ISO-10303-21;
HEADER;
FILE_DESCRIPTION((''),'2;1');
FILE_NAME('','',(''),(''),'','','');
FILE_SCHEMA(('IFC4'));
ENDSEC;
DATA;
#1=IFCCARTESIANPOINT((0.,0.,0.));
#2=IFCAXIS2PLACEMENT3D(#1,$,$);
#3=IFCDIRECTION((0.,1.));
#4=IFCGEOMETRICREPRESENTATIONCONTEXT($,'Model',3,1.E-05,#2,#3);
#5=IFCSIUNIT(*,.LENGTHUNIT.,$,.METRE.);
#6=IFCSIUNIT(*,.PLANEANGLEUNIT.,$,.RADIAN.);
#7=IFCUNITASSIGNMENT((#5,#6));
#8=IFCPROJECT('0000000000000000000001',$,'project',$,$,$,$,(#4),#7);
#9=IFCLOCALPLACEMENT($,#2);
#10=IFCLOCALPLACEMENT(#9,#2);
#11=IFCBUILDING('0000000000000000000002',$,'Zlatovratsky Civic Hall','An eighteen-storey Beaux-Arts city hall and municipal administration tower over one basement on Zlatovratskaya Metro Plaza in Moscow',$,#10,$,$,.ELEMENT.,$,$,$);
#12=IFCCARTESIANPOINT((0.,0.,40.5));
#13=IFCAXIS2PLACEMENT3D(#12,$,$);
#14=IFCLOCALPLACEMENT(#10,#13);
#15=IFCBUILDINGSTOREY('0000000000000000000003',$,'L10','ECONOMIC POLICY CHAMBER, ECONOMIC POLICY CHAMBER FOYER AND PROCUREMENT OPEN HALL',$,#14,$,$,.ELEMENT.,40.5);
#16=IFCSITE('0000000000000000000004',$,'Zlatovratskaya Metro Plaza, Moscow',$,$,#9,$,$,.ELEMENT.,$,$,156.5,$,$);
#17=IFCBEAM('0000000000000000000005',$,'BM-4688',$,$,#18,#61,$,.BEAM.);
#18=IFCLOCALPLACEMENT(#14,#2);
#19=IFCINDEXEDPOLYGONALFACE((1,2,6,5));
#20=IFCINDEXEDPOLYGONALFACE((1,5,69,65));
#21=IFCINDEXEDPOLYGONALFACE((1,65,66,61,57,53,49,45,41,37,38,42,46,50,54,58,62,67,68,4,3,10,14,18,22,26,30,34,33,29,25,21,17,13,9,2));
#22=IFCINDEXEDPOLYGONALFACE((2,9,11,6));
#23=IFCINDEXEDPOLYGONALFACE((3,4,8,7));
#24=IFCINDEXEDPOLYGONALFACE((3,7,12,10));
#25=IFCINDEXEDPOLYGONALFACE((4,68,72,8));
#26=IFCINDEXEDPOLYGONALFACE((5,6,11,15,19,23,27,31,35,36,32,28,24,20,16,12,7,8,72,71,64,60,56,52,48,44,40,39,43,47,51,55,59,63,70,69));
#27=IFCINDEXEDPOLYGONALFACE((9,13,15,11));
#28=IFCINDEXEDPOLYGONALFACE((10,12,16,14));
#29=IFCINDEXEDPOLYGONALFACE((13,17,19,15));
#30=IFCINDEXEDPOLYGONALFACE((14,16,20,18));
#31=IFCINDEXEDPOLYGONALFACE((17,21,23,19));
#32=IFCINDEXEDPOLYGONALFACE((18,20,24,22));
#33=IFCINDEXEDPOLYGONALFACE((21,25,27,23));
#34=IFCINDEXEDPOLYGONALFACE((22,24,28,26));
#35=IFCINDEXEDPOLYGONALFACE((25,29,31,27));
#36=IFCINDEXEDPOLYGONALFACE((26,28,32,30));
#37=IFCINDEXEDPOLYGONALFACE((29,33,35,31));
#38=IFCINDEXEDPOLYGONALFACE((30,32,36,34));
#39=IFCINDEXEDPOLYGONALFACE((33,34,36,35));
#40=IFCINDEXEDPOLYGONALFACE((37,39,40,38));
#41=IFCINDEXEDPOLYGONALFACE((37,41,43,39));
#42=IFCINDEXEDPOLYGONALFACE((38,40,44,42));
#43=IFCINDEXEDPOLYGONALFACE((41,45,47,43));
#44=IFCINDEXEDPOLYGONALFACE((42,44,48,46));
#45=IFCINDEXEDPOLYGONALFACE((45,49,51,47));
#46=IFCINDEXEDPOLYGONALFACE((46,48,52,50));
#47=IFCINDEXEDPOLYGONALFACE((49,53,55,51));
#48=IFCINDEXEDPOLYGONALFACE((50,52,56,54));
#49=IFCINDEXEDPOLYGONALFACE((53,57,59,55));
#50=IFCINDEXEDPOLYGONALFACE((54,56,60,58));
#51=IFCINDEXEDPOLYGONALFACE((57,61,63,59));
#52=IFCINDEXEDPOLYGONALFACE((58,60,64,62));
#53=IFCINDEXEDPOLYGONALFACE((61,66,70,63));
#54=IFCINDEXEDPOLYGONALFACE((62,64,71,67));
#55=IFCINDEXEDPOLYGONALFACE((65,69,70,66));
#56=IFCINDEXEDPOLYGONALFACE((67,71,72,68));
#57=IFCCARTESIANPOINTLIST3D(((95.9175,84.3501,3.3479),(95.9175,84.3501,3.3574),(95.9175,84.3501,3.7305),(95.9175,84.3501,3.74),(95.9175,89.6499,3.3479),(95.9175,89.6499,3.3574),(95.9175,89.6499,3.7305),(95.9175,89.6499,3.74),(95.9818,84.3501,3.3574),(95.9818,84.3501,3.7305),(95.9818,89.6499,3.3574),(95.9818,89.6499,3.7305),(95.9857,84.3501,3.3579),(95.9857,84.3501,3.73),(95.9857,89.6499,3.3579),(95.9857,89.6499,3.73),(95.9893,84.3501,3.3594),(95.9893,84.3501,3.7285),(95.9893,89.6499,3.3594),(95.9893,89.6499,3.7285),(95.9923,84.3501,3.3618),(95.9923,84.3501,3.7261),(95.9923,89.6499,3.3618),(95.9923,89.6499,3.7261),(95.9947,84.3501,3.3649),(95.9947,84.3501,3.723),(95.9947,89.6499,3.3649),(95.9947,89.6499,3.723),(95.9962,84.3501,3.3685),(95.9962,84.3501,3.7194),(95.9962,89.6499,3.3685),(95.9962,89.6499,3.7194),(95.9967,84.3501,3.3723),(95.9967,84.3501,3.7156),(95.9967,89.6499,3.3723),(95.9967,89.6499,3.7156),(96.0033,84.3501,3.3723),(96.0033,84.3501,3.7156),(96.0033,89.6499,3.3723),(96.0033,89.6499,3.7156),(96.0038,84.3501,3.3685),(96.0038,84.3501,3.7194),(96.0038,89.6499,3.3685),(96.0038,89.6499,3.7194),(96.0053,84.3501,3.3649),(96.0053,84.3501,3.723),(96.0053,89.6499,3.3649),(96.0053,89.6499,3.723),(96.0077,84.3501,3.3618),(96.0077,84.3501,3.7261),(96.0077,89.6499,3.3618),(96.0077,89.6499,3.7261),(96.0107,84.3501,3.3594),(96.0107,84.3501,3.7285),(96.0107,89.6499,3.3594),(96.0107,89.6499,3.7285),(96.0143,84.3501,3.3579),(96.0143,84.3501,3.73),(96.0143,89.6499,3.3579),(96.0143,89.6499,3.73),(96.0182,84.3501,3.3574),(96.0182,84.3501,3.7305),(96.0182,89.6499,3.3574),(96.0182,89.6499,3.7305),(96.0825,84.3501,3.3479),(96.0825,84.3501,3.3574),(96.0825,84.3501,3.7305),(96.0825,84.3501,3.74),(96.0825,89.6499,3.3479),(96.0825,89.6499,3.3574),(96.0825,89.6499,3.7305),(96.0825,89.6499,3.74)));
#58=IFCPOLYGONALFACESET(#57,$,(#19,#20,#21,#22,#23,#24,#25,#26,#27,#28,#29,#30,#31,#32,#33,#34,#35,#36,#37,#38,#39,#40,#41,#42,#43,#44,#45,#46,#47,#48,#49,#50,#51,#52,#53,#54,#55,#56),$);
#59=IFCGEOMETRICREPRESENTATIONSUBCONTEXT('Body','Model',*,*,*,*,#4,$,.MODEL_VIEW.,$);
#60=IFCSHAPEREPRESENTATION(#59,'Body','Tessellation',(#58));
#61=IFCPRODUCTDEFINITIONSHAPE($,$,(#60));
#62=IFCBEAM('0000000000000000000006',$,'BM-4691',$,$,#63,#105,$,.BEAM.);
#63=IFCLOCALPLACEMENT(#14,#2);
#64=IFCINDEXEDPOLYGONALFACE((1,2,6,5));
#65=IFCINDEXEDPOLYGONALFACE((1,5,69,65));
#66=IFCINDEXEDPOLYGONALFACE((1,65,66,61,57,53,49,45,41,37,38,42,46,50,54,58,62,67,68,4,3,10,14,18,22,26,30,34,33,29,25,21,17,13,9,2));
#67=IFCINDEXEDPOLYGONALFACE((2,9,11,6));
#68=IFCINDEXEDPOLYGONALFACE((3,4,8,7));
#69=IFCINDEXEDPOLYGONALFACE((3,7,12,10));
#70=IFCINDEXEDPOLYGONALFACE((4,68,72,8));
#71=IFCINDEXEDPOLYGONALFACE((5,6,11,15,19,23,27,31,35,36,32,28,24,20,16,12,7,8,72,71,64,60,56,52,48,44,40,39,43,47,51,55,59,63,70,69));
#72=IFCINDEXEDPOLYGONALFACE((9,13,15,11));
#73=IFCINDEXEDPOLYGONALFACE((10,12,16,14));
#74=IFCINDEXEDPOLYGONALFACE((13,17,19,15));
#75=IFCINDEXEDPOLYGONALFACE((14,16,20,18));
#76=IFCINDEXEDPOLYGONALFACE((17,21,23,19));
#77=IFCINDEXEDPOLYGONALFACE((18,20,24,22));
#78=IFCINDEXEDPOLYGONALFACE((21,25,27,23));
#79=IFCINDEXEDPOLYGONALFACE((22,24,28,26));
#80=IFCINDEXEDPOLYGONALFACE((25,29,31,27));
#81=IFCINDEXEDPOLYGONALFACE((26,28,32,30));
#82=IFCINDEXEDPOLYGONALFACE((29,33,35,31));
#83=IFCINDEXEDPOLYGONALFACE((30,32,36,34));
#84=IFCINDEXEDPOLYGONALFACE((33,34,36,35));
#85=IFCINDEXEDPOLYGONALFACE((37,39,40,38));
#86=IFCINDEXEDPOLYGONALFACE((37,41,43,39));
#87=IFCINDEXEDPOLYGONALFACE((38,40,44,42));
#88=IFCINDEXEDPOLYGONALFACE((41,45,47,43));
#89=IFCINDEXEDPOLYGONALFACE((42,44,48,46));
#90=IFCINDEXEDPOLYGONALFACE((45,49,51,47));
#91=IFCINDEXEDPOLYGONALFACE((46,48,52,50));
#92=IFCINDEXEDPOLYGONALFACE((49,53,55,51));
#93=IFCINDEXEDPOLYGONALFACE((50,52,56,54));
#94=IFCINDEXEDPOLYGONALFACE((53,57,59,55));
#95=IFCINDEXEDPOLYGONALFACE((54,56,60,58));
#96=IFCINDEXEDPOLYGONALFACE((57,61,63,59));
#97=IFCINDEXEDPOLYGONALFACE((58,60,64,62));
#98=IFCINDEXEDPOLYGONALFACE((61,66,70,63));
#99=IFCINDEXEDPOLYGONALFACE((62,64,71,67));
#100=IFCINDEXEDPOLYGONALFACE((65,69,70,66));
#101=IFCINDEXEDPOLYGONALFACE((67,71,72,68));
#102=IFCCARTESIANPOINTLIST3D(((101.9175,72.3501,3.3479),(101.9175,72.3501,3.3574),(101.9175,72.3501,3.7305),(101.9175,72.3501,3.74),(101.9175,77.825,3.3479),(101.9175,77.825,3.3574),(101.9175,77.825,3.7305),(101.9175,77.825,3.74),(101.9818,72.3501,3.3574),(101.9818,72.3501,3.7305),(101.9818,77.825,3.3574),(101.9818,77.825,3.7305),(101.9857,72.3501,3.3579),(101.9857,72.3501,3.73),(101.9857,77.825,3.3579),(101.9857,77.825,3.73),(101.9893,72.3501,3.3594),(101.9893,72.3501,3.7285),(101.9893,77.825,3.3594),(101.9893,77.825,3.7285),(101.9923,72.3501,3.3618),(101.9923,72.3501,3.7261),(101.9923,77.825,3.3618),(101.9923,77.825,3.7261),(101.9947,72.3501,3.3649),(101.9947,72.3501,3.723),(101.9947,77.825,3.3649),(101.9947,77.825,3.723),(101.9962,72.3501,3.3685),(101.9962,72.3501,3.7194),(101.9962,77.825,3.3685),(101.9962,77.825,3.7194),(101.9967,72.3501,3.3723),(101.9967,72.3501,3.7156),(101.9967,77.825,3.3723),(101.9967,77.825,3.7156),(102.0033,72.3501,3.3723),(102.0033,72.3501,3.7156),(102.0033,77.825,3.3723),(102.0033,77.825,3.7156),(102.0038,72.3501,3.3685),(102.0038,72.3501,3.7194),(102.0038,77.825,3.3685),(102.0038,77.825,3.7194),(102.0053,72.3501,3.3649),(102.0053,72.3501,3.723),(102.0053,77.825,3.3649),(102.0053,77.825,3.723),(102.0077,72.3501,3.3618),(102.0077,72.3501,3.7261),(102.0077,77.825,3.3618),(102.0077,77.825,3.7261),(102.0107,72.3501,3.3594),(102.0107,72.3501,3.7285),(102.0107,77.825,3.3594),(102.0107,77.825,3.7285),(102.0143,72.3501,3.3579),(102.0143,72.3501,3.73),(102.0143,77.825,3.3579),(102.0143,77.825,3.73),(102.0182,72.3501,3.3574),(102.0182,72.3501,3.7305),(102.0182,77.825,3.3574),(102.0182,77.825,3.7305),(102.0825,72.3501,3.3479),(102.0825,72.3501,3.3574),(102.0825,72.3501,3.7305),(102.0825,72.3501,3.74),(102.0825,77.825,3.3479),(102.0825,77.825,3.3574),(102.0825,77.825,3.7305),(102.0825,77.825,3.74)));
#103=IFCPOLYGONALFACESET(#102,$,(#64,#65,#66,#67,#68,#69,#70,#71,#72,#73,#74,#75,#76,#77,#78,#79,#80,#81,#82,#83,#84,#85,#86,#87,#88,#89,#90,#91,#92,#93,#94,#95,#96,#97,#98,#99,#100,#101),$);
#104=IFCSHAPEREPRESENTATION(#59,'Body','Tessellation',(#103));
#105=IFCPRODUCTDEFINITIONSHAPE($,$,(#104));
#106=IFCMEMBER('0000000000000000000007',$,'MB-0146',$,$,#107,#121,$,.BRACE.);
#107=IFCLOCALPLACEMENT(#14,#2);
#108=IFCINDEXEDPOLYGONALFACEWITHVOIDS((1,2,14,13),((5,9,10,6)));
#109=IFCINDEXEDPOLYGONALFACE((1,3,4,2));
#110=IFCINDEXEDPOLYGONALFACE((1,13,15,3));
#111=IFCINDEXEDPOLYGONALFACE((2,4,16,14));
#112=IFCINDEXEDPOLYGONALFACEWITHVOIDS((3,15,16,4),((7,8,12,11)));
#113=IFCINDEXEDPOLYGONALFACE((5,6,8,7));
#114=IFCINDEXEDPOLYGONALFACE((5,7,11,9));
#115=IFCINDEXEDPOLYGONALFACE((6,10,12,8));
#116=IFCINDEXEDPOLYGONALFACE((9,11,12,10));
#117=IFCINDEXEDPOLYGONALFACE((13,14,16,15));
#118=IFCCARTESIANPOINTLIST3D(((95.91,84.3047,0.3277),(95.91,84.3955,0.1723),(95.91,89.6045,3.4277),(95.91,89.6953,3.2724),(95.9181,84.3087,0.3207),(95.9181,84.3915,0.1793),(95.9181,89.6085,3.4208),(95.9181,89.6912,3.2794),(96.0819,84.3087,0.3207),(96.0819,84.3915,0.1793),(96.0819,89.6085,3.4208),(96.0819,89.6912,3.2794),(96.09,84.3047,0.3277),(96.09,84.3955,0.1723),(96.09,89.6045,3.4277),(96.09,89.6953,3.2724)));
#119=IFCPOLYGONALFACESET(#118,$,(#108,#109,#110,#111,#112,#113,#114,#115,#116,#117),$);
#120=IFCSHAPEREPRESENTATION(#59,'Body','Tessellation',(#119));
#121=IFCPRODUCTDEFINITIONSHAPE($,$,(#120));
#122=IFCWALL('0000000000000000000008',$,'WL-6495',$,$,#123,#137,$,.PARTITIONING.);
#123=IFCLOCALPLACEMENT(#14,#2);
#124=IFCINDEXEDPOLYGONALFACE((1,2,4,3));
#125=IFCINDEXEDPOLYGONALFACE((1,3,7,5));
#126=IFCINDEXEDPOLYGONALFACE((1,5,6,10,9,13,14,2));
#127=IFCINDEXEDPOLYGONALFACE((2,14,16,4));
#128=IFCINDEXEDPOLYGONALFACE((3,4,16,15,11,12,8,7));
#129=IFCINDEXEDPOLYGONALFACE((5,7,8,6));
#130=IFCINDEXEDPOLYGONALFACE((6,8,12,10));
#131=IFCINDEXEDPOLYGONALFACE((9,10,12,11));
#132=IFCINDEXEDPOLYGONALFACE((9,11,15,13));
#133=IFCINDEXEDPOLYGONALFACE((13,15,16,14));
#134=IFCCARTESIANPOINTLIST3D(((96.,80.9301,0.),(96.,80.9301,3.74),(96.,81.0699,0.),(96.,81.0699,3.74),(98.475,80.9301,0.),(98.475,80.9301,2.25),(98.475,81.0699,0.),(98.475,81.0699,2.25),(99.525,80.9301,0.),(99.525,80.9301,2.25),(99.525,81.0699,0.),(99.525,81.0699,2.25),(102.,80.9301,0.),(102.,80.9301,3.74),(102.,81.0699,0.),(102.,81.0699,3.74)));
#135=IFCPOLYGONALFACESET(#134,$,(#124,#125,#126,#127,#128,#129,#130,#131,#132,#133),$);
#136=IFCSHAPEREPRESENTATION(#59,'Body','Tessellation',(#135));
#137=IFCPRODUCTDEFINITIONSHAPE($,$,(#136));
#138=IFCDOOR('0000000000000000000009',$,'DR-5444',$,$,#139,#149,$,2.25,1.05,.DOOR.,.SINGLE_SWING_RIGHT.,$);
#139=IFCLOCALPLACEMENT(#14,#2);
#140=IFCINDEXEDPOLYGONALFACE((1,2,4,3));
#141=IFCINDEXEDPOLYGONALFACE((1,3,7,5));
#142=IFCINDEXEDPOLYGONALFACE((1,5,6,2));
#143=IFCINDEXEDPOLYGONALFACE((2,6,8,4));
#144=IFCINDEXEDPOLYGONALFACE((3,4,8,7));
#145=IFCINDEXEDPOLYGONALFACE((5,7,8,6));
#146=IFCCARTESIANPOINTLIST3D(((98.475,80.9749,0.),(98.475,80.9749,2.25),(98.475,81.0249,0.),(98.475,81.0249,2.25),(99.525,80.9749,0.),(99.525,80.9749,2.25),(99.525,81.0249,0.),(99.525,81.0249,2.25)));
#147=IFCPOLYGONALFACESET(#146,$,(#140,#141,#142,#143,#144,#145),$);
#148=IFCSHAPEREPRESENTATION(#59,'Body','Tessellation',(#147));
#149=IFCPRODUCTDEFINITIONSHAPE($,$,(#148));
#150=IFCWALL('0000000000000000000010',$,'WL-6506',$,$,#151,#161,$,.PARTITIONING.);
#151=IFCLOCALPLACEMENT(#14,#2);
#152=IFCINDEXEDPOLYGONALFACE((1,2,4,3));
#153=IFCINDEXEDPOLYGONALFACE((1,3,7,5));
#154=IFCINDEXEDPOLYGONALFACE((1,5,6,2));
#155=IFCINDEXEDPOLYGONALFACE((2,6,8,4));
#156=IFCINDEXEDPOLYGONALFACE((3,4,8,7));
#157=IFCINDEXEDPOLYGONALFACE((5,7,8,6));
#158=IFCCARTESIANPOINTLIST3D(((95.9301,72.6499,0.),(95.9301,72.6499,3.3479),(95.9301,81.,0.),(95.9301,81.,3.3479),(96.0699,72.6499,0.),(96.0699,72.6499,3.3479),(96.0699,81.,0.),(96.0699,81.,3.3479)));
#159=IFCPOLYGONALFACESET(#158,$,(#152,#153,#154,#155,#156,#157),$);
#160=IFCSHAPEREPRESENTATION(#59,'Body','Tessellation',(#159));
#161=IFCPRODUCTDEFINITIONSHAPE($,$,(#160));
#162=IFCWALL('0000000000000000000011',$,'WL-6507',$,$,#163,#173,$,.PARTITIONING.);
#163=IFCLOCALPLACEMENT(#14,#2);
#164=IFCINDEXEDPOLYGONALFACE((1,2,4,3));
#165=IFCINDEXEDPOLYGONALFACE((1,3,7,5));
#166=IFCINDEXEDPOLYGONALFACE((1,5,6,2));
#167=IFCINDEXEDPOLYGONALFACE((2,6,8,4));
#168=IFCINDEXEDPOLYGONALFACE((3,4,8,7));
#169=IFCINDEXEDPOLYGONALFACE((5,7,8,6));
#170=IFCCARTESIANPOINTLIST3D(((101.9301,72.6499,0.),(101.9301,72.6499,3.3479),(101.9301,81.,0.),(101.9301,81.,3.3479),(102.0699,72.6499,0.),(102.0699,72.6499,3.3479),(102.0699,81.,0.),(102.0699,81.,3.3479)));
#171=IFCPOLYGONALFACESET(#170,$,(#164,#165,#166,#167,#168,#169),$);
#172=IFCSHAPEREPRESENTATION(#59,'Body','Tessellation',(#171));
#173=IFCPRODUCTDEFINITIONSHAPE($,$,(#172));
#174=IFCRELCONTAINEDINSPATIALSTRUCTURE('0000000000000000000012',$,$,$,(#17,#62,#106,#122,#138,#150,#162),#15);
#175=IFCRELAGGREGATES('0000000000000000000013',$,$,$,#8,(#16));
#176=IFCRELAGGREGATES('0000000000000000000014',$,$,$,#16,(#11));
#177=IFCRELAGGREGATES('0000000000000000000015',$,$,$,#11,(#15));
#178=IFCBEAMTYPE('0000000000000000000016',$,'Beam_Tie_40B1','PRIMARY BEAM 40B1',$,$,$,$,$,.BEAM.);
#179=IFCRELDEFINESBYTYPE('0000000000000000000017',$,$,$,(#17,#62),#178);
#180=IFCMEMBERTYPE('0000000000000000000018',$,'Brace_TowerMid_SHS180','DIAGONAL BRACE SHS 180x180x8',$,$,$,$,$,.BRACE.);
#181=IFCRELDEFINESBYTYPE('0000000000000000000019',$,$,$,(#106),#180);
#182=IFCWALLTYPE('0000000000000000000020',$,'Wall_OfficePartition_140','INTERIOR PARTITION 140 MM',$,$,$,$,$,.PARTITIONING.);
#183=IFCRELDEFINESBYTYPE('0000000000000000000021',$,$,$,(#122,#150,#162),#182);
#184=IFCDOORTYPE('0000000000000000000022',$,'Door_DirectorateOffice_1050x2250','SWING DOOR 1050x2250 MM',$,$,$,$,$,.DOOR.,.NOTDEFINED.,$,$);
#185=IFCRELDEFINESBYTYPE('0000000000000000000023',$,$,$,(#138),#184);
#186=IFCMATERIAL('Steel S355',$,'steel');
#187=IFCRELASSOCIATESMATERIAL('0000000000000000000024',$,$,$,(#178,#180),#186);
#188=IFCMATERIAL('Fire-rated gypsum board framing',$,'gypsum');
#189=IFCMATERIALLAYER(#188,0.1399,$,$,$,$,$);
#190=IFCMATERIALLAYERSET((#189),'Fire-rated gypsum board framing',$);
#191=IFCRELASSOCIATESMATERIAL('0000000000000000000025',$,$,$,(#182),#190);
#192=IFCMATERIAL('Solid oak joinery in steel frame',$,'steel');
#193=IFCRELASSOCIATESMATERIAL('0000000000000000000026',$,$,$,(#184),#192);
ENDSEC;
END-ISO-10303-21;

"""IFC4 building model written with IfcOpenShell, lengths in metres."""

from ifc_helpers import new_model, si_unit, direction, frame, frame_2d, origin, origin_2d, place, context, subcontext, project, spatial, rectangle, hollow_rectangle, i_section, extrude, material, layer, layer_set, material_profile, profile_set, type_object, element, fill, save


model = new_model("IFC4")

# Units and contexts
model_context = context("Model", 3, precision=1e-05, world=origin(), true_north=direction((0.0, 1.0)))
body_context = subcontext(model_context, "Body", "Model", "MODEL_VIEW")
ifc_project = project(units=[si_unit("LENGTHUNIT", "METRE"), si_unit("PLANEANGLEUNIT", "RADIAN")], contexts=[model_context])

# Site, building, storey
site_placement = place(None, origin())
site = spatial("IfcSite", under=ifc_project, at=site_placement, Name="Zlatovratskaya Metro Plaza, Moscow", CompositionType="ELEMENT", RefElevation=156.5)
building_placement = place(site_placement, origin())
building = spatial("IfcBuilding", under=site, at=building_placement, Name="Zlatovratsky Civic Hall", Description="An eighteen-storey Beaux-Arts city hall and municipal administration tower over one basement on Zlatovratskaya Metro Plaza in Moscow", CompositionType="ELEMENT")
storey_placement = place(building_placement, frame((0.0, 0.0, 40.5)))
storey = spatial("IfcBuildingStorey", under=building, at=storey_placement, Name="L10", Description="ECONOMIC POLICY CHAMBER, ECONOMIC POLICY CHAMBER FOYER AND PROCUREMENT OPEN HALL", CompositionType="ELEMENT", Elevation=40.5)

# Shared definitions
ifc_material_1 = material(Name="Steel S355", Category="steel")

# Beams
ifc_material_profile_1 = material_profile(ifc_material_1, i_section(OverallWidth=0.165, OverallDepth=0.3921, WebThickness=0.0066, FlangeThickness=0.0095, FilletRadius=0.0149, at=origin_2d()), Name="40B1")
ifc_profile_set_1 = profile_set([ifc_material_profile_1], Name="Steel S355")
beam_type_1 = type_object("IfcBeamType", Name="Beam_Tie_40B1", Description="PRIMARY BEAM 40B1", PredefinedType="BEAM", material=ifc_profile_set_1)
beam_1_placement = place(storey_placement, frame((96.0, 84.3501, 3.5439), z_axis=(0.0, 1.0, 0.0), x_axis=(-1.0, 0.0, 0.0)))
element("IfcBeam", 1, at=beam_1_placement, inside=storey, type_object=beam_type_1, Name="BM-4688", PredefinedType="BEAM", context=body_context, shape_type="SweptSolid", body=[
    extrude(i_section(OverallWidth=0.165, OverallDepth=0.3921, WebThickness=0.0066, FlangeThickness=0.0095, FilletRadius=0.0149, at=origin_2d()), origin(), (0.0, 0.0, 1.0), 5.2998),
])
beam_2_placement = place(storey_placement, frame((102.0, 72.3501, 3.5439), z_axis=(0.0, 1.0, 0.0), x_axis=(-1.0, 0.0, 0.0)))
element("IfcBeam", 2, at=beam_2_placement, inside=storey, type_object=beam_type_1, Name="BM-4691", PredefinedType="BEAM", context=body_context, shape_type="SweptSolid", body=[
    extrude(i_section(OverallWidth=0.165, OverallDepth=0.3921, WebThickness=0.0066, FlangeThickness=0.0095, FilletRadius=0.0149, at=origin_2d()), origin(), (0.0, 0.0, 1.0), 5.4749),
])

# Member
ifc_material_profile_2 = material_profile(ifc_material_1, hollow_rectangle(XDim=0.1799, YDim=0.1799, WallThickness=0.0081, at=origin_2d()), Name="SHS 180x180x8")
ifc_profile_set_2 = profile_set([ifc_material_profile_2], Name="Steel S355")
member_type = type_object("IfcMemberType", Name="Brace_TowerMid_SHS180", Description="DIAGONAL BRACE SHS 180x180x8", PredefinedType="BRACE", material=ifc_profile_set_2)
member_placement = place(storey_placement, frame((96.0, 84.3501, 0.25), z_axis=(0.0, 0.863173, 0.504909), x_axis=(-1.0, 0.0, 0.0)))
element("IfcMember", 3, at=member_placement, inside=storey, type_object=member_type, Name="MB-0146", PredefinedType="BRACE", context=body_context, shape_type="SweptSolid", body=[
    extrude(hollow_rectangle(XDim=0.1799, YDim=0.1799, WallThickness=0.0081, at=origin_2d()), origin(), (0.0, 0.0, 1.0), 6.1399),
])

# Wall, opening, door
ifc_material_2 = material(Name="Fire-rated gypsum board framing", Category="gypsum")
ifc_layer_1 = layer(ifc_material_2, 0.1399)
ifc_layer_set_1 = layer_set([ifc_layer_1], Name="Fire-rated gypsum board framing")
wall_type_1 = type_object("IfcWallType", Name="Wall_OfficePartition_140", Description="INTERIOR PARTITION 140 MM", PredefinedType="PARTITIONING", material=ifc_layer_set_1)
wall_1_placement = place(storey_placement, frame((96.0, 81.0, 0.0), z_axis=(0.0, 0.0, 1.0), x_axis=(1.0, 0.0, 0.0)))
wall_1 = element("IfcWall", 4, at=wall_1_placement, inside=storey, type_object=wall_type_1, Name="WL-6495", PredefinedType="PARTITIONING", context=body_context, shape_type="SweptSolid", body=[
    extrude(rectangle(XDim=6.0, YDim=0.1399, at=frame_2d((3.0, 0.0))), origin(), (0.0, 0.0, 1.0), 3.74),
])
opening_1_placement = place(wall_1_placement, frame((2.4751, 0.0, 0.0)))
opening_1 = element("IfcOpeningElement", 5, at=opening_1_placement, cuts=wall_1, PredefinedType="OPENING", context=body_context, shape_type="SweptSolid", body=[
    extrude(rectangle(XDim=1.05, YDim=2.25, at=frame_2d((0.5249, 1.125))), frame((0.0, 0.085, 0.0), z_axis=(0.0, -1.0, 0.0), x_axis=(1.0, 0.0, 0.0)), (0.0, 0.0, 1.0), 0.1697),
])
ifc_material_3 = material(Name="Solid oak joinery in steel frame", Category="steel")
door_type_1 = type_object("IfcDoorType", Name="Door_DirectorateOffice_1050x2250", Description="SWING DOOR 1050x2250 MM", OperationType="NOTDEFINED", PredefinedType="DOOR", material=ifc_material_3)
door_1_placement = place(opening_1_placement, origin())
door_1 = element("IfcDoor", 6, at=door_1_placement, inside=storey, type_object=door_type_1, Name="DR-5444", OperationType="SINGLE_SWING_RIGHT", OverallHeight=2.25, OverallWidth=1.05, PredefinedType="DOOR", context=body_context, shape_type="SweptSolid", body=[
    extrude(rectangle(XDim=1.05, YDim=2.25, at=frame_2d((0.5249, 1.125))), frame((0.0, 0.0249, 0.0), z_axis=(0.0, -1.0, 0.0), x_axis=(1.0, 0.0, 0.0)), (0.0, 0.0, 1.0), 0.05),
])
fill(opening_1, door_1)

# Walls
for number, where, z_axis, x_axis, name in (
    (7, (96.0, 72.6499, 0.0), (0.0, 0.0, 1.0), (0.0, 1.0, 0.0), "WL-6506"),
    (8, (102.0, 72.6499, 0.0), (0.0, 0.0, 1.0), (0.0, 1.0, 0.0), "WL-6507"),
):
    element("IfcWall", number, at=place(storey_placement, frame(where, z_axis=z_axis, x_axis=x_axis)), inside=storey, type_object=wall_type_1, Name=name, PredefinedType="PARTITIONING", context=body_context, shape_type="SweptSolid", body=[
        extrude(rectangle(XDim=8.3501, YDim=0.1399, at=frame_2d((4.175, 0.0))), origin(), (0.0, 0.0, 1.0), 3.3479),
    ])

save(model, "model.ifc")
